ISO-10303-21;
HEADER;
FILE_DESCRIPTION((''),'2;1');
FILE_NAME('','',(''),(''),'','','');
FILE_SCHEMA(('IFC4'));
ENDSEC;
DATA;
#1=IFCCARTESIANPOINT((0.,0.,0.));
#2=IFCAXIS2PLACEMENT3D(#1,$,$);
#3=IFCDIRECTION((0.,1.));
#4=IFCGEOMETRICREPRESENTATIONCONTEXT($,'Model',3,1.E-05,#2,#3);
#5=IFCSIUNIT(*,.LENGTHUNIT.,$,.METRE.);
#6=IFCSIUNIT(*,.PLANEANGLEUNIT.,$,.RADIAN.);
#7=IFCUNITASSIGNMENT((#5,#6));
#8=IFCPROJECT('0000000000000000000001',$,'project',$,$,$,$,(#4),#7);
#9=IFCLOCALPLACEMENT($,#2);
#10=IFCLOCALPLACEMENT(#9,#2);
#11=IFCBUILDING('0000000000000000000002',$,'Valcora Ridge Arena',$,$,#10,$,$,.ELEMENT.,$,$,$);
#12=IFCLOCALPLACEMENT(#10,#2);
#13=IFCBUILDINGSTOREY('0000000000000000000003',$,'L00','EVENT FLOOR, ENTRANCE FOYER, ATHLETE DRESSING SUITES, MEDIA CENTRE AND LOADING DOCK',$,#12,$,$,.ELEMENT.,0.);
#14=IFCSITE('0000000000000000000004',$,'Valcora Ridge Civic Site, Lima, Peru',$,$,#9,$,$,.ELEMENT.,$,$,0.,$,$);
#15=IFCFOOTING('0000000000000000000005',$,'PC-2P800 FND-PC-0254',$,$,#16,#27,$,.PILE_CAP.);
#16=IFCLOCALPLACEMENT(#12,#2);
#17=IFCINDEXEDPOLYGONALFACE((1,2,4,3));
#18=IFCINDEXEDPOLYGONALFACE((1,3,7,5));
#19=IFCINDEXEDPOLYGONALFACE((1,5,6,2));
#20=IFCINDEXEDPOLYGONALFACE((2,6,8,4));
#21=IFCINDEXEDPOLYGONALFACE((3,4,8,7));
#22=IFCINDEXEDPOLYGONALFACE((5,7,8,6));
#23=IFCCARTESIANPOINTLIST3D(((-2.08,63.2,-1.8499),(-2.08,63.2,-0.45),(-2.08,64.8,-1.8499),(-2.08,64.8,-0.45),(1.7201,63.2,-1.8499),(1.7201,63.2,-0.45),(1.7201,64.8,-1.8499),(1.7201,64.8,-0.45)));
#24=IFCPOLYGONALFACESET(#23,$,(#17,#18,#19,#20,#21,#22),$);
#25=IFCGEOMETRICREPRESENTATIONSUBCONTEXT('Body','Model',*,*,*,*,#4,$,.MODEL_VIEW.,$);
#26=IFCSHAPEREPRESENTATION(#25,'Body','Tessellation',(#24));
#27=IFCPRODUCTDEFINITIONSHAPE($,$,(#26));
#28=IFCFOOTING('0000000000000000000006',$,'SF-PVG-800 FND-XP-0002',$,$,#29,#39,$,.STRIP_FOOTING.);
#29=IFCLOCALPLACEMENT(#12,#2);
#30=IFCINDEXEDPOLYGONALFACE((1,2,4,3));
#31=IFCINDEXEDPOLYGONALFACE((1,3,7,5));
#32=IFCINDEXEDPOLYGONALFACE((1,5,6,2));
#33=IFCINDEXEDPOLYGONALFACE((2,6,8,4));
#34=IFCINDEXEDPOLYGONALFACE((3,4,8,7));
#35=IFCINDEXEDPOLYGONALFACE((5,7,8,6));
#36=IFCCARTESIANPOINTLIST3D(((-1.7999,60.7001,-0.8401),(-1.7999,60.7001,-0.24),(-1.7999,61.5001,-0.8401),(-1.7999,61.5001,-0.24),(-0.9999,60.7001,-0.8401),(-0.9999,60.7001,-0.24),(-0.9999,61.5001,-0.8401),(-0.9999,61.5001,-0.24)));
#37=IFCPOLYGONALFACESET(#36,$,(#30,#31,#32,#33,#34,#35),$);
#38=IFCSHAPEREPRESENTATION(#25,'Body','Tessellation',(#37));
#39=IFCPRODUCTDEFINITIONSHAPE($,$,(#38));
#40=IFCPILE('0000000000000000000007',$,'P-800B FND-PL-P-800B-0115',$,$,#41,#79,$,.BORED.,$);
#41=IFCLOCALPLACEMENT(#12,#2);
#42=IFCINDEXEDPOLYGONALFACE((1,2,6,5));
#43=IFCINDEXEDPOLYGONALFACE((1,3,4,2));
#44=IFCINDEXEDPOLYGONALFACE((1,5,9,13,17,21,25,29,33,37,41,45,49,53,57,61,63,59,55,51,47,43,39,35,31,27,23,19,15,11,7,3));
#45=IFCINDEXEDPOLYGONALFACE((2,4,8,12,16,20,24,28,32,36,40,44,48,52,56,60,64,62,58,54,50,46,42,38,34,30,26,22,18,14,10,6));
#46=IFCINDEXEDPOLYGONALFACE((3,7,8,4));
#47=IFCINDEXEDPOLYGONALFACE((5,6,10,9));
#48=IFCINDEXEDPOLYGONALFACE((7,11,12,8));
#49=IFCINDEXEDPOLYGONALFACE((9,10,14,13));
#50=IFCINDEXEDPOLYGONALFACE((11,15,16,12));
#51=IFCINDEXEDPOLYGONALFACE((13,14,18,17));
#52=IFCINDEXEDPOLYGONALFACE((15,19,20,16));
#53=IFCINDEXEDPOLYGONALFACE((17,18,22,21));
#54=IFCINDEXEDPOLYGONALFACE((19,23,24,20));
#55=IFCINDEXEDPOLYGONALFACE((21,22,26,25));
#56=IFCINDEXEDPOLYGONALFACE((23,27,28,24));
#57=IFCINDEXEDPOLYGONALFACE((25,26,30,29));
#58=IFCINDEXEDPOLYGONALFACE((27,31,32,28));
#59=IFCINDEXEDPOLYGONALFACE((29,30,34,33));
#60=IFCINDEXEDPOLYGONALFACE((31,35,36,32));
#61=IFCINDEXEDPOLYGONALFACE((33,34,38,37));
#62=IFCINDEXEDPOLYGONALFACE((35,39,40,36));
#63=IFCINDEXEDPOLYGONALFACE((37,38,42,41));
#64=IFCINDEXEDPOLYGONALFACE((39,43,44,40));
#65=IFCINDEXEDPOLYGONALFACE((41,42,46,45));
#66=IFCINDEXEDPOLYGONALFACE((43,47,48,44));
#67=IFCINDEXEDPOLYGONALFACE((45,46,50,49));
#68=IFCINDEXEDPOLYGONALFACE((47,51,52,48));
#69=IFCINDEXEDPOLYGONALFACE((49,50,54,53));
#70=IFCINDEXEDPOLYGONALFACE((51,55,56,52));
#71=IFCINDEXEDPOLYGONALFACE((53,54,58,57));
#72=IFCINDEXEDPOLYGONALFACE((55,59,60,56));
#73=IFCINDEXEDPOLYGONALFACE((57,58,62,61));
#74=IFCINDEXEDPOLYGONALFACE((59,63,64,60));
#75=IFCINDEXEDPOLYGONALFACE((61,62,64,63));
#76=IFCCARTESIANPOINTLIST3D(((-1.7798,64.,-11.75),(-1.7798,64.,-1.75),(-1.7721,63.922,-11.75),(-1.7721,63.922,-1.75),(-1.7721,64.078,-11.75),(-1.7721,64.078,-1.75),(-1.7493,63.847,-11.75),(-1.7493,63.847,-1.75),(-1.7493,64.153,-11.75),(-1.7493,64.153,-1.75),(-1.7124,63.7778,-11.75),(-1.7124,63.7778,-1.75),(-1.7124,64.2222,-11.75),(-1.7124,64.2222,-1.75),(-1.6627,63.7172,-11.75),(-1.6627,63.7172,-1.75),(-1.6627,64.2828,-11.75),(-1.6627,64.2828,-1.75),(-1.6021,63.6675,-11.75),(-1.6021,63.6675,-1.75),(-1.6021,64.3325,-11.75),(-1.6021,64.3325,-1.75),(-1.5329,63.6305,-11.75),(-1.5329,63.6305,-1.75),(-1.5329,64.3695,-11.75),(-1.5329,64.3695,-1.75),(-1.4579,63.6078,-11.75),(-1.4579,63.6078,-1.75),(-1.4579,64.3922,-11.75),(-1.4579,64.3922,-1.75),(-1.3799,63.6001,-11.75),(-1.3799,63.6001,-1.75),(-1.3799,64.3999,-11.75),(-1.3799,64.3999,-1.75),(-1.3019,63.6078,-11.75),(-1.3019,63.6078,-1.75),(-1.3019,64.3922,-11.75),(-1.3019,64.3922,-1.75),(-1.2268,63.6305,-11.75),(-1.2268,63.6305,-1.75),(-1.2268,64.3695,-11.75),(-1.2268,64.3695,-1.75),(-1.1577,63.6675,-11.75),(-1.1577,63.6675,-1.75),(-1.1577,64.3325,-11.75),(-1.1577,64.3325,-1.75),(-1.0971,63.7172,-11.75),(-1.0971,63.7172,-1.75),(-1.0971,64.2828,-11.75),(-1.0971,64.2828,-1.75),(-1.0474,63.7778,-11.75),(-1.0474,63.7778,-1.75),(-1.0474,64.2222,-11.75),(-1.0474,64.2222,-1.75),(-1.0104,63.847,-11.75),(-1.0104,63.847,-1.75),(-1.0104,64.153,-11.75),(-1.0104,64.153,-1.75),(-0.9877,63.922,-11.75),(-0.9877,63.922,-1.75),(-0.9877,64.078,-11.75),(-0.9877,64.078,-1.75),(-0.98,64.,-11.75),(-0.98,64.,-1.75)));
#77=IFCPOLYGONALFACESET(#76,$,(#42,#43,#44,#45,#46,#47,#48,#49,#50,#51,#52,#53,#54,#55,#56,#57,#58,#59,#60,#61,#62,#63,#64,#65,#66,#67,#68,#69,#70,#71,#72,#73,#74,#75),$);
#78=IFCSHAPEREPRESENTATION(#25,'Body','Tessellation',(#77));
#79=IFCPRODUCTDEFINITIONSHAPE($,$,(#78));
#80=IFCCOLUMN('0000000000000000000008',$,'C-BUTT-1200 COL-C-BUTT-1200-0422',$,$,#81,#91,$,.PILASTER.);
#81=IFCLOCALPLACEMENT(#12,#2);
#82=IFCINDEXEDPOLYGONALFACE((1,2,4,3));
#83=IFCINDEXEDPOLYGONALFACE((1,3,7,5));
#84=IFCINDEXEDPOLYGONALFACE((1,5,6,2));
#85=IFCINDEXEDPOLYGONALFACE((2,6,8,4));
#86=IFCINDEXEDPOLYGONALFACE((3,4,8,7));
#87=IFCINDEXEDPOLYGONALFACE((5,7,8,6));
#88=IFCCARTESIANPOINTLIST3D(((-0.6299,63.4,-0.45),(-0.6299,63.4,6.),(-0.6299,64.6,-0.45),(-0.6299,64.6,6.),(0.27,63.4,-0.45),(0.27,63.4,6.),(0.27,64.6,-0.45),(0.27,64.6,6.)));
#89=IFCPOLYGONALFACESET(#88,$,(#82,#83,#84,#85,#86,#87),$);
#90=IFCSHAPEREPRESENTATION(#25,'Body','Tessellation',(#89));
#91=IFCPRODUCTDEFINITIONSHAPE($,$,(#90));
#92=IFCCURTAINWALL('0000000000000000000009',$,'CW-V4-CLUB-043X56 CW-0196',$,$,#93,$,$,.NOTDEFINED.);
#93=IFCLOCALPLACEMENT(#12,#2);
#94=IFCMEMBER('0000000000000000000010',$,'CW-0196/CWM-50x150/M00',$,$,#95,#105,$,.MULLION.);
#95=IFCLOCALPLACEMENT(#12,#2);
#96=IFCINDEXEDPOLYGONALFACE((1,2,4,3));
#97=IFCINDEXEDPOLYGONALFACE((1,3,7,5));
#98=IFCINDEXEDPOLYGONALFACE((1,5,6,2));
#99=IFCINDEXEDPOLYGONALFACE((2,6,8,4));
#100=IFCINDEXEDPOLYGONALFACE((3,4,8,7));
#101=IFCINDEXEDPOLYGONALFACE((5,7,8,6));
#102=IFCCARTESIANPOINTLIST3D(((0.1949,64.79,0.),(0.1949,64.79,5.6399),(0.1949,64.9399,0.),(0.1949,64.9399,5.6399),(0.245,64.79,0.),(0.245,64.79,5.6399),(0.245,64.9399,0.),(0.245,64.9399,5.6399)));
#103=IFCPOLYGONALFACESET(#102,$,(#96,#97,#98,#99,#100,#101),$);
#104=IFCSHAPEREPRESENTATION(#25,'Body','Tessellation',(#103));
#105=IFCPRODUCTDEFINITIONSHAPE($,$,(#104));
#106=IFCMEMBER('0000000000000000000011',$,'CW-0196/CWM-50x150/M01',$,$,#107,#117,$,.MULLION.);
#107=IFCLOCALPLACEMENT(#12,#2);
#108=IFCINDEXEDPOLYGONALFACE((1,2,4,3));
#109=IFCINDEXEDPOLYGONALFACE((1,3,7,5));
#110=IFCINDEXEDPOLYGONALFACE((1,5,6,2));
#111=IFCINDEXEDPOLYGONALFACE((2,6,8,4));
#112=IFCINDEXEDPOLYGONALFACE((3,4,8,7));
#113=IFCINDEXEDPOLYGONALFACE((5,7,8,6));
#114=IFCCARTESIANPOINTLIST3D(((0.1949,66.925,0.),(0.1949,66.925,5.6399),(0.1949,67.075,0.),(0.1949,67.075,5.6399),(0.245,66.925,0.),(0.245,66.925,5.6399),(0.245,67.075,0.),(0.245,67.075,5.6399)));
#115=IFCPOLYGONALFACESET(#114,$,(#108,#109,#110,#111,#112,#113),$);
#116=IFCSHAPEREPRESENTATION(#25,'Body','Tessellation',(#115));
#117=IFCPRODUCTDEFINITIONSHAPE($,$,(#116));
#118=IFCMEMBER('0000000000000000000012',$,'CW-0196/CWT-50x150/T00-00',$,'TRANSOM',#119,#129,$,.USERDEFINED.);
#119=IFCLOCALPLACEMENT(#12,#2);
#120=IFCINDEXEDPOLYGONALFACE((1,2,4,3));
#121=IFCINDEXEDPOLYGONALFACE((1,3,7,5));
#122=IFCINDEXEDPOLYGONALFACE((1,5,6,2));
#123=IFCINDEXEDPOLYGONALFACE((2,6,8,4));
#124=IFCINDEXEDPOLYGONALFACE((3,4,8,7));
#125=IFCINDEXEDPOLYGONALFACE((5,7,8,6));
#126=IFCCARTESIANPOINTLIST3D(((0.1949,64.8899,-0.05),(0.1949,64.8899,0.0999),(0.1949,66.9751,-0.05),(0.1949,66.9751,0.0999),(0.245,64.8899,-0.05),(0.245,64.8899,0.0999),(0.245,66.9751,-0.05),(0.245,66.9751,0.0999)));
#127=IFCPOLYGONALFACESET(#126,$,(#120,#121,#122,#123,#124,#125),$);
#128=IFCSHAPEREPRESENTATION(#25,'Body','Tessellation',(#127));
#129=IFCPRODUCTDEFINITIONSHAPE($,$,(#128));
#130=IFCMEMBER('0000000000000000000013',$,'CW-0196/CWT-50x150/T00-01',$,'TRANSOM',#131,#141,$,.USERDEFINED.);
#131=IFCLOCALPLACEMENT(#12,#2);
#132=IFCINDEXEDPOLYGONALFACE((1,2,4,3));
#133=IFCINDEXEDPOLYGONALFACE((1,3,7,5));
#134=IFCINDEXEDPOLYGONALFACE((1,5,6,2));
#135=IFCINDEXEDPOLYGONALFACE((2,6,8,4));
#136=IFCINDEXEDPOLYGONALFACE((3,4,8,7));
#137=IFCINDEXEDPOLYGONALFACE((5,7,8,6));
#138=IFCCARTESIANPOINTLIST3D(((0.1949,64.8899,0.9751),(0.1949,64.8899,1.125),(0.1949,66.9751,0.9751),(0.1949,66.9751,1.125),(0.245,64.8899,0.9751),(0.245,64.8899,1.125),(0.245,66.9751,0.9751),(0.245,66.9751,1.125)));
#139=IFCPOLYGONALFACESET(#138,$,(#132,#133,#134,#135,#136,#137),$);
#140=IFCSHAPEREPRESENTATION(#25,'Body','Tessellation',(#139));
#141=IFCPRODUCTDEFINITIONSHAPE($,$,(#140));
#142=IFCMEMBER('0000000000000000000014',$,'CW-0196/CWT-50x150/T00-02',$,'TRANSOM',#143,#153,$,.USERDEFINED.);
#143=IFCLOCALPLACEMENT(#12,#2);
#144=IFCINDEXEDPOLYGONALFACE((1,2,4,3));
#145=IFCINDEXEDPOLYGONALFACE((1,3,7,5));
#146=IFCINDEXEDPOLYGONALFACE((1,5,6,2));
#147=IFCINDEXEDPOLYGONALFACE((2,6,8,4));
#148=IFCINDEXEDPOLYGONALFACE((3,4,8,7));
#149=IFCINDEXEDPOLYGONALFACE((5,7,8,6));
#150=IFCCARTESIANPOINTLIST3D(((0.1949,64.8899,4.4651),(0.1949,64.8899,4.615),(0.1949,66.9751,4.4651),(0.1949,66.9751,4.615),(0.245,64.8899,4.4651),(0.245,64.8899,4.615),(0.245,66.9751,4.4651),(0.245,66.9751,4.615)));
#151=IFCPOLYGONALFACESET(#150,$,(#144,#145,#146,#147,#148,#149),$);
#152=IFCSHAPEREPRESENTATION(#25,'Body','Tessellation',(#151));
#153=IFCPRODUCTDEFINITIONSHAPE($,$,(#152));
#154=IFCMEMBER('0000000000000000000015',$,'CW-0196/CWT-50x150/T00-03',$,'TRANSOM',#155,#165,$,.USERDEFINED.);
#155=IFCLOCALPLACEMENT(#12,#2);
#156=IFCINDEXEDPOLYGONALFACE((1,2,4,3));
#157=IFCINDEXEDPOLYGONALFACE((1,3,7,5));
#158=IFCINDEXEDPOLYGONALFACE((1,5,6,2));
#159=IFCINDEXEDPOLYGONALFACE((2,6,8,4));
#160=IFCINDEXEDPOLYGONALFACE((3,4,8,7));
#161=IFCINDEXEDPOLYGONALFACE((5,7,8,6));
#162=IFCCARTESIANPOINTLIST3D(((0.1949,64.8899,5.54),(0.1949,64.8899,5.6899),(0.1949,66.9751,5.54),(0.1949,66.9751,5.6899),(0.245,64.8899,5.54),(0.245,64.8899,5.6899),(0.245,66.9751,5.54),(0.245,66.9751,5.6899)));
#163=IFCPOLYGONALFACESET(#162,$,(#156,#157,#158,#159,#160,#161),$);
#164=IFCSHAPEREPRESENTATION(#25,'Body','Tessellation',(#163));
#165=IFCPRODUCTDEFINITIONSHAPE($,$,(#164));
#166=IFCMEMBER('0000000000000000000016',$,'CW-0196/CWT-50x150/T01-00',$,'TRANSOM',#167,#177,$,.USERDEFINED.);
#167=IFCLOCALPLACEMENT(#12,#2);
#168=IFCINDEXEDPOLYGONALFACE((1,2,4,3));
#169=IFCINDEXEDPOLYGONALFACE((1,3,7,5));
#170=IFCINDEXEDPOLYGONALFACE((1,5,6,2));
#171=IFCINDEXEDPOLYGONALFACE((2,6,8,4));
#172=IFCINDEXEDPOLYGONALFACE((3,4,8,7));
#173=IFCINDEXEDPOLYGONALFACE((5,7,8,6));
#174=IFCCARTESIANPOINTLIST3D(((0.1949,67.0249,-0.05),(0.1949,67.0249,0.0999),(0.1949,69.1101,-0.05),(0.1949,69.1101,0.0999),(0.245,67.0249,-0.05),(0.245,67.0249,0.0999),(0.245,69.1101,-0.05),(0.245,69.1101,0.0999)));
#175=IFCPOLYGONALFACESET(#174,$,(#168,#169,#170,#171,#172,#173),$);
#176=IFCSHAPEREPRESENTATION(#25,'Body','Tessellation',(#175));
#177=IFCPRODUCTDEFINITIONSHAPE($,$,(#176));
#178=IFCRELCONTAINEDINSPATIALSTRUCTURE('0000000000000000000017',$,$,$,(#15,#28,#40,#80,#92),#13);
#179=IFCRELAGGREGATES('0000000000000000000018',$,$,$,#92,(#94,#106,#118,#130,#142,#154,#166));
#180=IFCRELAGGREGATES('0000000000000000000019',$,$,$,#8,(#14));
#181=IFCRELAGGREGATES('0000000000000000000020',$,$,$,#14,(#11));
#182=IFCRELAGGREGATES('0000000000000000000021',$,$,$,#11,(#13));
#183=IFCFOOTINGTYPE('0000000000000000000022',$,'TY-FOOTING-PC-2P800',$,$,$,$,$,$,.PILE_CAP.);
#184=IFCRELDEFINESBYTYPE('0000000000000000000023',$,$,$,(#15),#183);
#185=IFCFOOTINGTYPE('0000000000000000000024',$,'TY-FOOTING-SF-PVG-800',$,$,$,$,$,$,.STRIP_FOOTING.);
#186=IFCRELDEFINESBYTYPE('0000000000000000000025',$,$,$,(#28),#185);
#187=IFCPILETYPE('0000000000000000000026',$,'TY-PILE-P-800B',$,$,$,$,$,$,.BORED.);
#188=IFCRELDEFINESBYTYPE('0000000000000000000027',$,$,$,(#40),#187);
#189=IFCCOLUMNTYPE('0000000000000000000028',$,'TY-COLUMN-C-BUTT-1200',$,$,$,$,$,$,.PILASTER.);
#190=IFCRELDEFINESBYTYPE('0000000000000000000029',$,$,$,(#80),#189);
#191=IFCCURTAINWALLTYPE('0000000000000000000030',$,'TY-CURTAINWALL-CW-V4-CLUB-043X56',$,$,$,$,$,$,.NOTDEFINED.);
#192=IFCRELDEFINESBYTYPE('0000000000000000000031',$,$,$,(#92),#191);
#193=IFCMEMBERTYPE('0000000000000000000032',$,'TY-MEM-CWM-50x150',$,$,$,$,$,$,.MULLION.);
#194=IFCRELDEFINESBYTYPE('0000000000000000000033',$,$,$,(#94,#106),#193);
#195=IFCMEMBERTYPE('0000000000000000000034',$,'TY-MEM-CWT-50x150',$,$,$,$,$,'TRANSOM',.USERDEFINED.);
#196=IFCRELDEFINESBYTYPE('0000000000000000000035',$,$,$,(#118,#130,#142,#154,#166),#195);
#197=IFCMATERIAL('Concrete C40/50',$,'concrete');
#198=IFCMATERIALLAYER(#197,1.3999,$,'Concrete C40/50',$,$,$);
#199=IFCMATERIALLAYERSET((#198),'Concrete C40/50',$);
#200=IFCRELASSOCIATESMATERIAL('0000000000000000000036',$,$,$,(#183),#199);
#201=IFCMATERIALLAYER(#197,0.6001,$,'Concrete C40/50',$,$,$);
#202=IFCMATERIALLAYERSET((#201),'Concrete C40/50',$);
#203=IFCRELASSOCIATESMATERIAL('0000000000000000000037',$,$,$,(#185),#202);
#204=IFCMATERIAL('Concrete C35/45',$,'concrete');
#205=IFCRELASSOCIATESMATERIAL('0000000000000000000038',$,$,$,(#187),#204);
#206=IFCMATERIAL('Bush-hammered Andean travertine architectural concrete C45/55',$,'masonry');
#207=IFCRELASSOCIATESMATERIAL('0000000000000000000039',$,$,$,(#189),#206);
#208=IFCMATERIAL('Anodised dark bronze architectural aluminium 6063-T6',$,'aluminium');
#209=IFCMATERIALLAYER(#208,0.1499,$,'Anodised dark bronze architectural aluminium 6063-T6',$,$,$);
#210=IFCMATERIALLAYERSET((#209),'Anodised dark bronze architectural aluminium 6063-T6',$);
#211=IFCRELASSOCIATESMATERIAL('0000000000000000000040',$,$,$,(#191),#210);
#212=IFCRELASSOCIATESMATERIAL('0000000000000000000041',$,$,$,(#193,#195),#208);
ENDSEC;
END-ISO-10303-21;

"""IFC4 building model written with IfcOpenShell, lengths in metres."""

from ifc_helpers import new_model, si_unit, direction, frame, origin, origin_2d, place, context, subcontext, project, spatial, rectangle, circle, extrude, material, layer, layer_set, material_profile, profile_set, type_object, element, aggregate, save


model = new_model("IFC4")

# Units and contexts
model_context = context("Model", 3, precision=1e-05, world=origin(), true_north=direction((0.0, 1.0)))
body_context = subcontext(model_context, "Body", "Model", "MODEL_VIEW")
ifc_project = project(units=[si_unit("LENGTHUNIT", "METRE"), si_unit("PLANEANGLEUNIT", "RADIAN")], contexts=[model_context])

# Site, building, storey
site_placement = place(None, origin())
site = spatial("IfcSite", under=ifc_project, at=site_placement, Name="Valcora Ridge Civic Site, Lima, Peru", CompositionType="ELEMENT", RefElevation=0.0)
building_placement = place(site_placement, origin())
building = spatial("IfcBuilding", under=site, at=building_placement, Name="Valcora Ridge Arena", CompositionType="ELEMENT")
storey_placement = place(building_placement, origin())
storey = spatial("IfcBuildingStorey", under=building, at=storey_placement, Name="L00", Description="EVENT FLOOR, ENTRANCE FOYER, ATHLETE DRESSING SUITES, MEDIA CENTRE AND LOADING DOCK", CompositionType="ELEMENT", Elevation=0.0)

# Footings
ifc_material_1 = material(Name="Concrete C40/50", Category="concrete")
ifc_layer_1 = layer(ifc_material_1, 1.3999, Name="Concrete C40/50")
ifc_layer_set_1 = layer_set([ifc_layer_1], Name="Concrete C40/50")
footing_type_1 = type_object("IfcFootingType", Name="TY-FOOTING-PC-2P800", PredefinedType="PILE_CAP", material=ifc_layer_set_1)
footing_1_placement = place(storey_placement, frame((-0.1799, 64.0, -1.8499), z_axis=(0.0, 0.0, 1.0), x_axis=(1.0, 0.0, 0.0)))
element("IfcFooting", 1, at=footing_1_placement, inside=storey, type_object=footing_type_1, Name="PC-2P800 FND-PC-0254", PredefinedType="PILE_CAP", context=body_context, shape_type="SweptSolid", body=[
    extrude(rectangle(XDim=3.8, YDim=1.6001, at=origin_2d()), origin(), (0.0, 0.0, 1.0), 1.3999),
])
ifc_layer_2 = layer(ifc_material_1, 0.6001, Name="Concrete C40/50")
ifc_layer_set_2 = layer_set([ifc_layer_2], Name="Concrete C40/50")
footing_type_2 = type_object("IfcFootingType", Name="TY-FOOTING-SF-PVG-800", PredefinedType="STRIP_FOOTING", material=ifc_layer_set_2)
footing_2_placement = place(storey_placement, frame((-1.3999, 61.1001, -0.8401), z_axis=(0.0, 0.0, 1.0), x_axis=(1.0, 0.0, 0.0)))
element("IfcFooting", 2, at=footing_2_placement, inside=storey, type_object=footing_type_2, Name="SF-PVG-800 FND-XP-0002", PredefinedType="STRIP_FOOTING", context=body_context, shape_type="SweptSolid", body=[
    extrude(rectangle(XDim=0.8, YDim=0.8, at=origin_2d()), origin(), (0.0, 0.0, 1.0), 0.6001),
])

# Pile
ifc_material_2 = material(Name="Concrete C35/45", Category="concrete")
ifc_material_profile_1 = material_profile(ifc_material_2, circle(Radius=0.3999, at=origin_2d()), Name="BORED PILE D800")
ifc_profile_set_1 = profile_set([ifc_material_profile_1], Name="Concrete C35/45")
pile_type = type_object("IfcPileType", Name="TY-PILE-P-800B", PredefinedType="BORED", material=ifc_profile_set_1)
pile_placement = place(storey_placement, frame((-1.3799, 64.0, -1.75), z_axis=(0.0, 0.0, -1.0), x_axis=(1.0, 0.0, 0.0)))
element("IfcPile", 3, at=pile_placement, inside=storey, type_object=pile_type, Name="P-800B FND-PL-P-800B-0115", PredefinedType="BORED", context=body_context, shape_type="SweptSolid", body=[
    extrude(circle(Radius=0.3999, at=origin_2d()), origin(), (0.0, 0.0, 1.0), 10.0),
])

# Column
ifc_material_3 = material(Name="Bush-hammered Andean travertine architectural concrete C45/55", Category="masonry")
ifc_material_profile_2 = material_profile(ifc_material_3, rectangle(XDim=0.8999, YDim=1.2, at=origin_2d()), Name="RC 900x1200")
ifc_profile_set_2 = profile_set([ifc_material_profile_2], Name="Bush-hammered Andean travertine architectural concrete C45/55")
column_type = type_object("IfcColumnType", Name="TY-COLUMN-C-BUTT-1200", PredefinedType="PILASTER", material=ifc_profile_set_2)
column_placement = place(storey_placement, frame((-0.1799, 64.0, -0.45), z_axis=(0.0, 0.0, 1.0), x_axis=(1.0, 0.0, 0.0)))
element("IfcColumn", 4, at=column_placement, inside=storey, type_object=column_type, Name="C-BUTT-1200 COL-C-BUTT-1200-0422", PredefinedType="PILASTER", context=body_context, shape_type="SweptSolid", body=[
    extrude(rectangle(XDim=0.8999, YDim=1.2, at=origin_2d()), origin(), (0.0, 0.0, 1.0), 6.45),
])

# Curtain wall, members
ifc_material_4 = material(Name="Anodised dark bronze architectural aluminium 6063-T6", Category="aluminium")
ifc_layer_3 = layer(ifc_material_4, 0.1499, Name="Anodised dark bronze architectural aluminium 6063-T6")
ifc_layer_set_3 = layer_set([ifc_layer_3], Name="Anodised dark bronze architectural aluminium 6063-T6")
curtain_wall_type = type_object("IfcCurtainWallType", Name="TY-CURTAINWALL-CW-V4-CLUB-043X56", PredefinedType="NOTDEFINED", material=ifc_layer_set_3)
curtain_wall_placement = place(storey_placement, origin())
curtain_wall = element("IfcCurtainWall", 5, at=curtain_wall_placement, inside=storey, type_object=curtain_wall_type, Name="CW-V4-CLUB-043X56 CW-0196", PredefinedType="NOTDEFINED")
ifc_material_profile_3 = material_profile(ifc_material_4, rectangle(XDim=0.05, YDim=0.1499, at=origin_2d()), Name="ALU MULLION 50x150")
ifc_profile_set_3 = profile_set([ifc_material_profile_3], Name="Anodised dark bronze architectural aluminium 6063-T6")
member_type_1 = type_object("IfcMemberType", Name="TY-MEM-CWM-50x150", PredefinedType="MULLION", material=ifc_profile_set_3)
member_1_placement = place(storey_placement, frame((0.22, 64.865, 0.0), z_axis=(0.0, 0.0, 1.0), x_axis=(-1.0, 0.0, 0.0)))
member_1 = element("IfcMember", 6, at=member_1_placement, type_object=member_type_1, Name="CW-0196/CWM-50x150/M00", PredefinedType="MULLION", context=body_context, shape_type="SweptSolid", body=[
    extrude(rectangle(XDim=0.05, YDim=0.1499, at=origin_2d()), origin(), (0.0, 0.0, 1.0), 5.6399),
])
member_2_placement = place(storey_placement, frame((0.22, 67.0, 0.0), z_axis=(0.0, 0.0, 1.0), x_axis=(-1.0, 0.0, 0.0)))
member_2 = element("IfcMember", 7, at=member_2_placement, type_object=member_type_1, Name="CW-0196/CWM-50x150/M01", PredefinedType="MULLION", context=body_context, shape_type="SweptSolid", body=[
    extrude(rectangle(XDim=0.05, YDim=0.1499, at=origin_2d()), origin(), (0.0, 0.0, 1.0), 5.6399),
])
ifc_material_profile_4 = material_profile(ifc_material_4, rectangle(XDim=0.05, YDim=0.1499, at=origin_2d()), Name="ALU TRANSOM 50x150")
ifc_profile_set_4 = profile_set([ifc_material_profile_4], Name="Anodised dark bronze architectural aluminium 6063-T6")
member_type_2 = type_object("IfcMemberType", Name="TY-MEM-CWT-50x150", ElementType="TRANSOM", PredefinedType="USERDEFINED", material=ifc_profile_set_4)
member_3_placement = place(storey_placement, frame((0.22, 64.8899, 0.0249), z_axis=(0.0, 1.0, 0.0), x_axis=(-1.0, 0.0, 0.0)))
member_3 = element("IfcMember", 8, at=member_3_placement, type_object=member_type_2, Name="CW-0196/CWT-50x150/T00-00", ObjectType="TRANSOM", PredefinedType="USERDEFINED", context=body_context, shape_type="SweptSolid", body=[
    extrude(rectangle(XDim=0.05, YDim=0.1499, at=origin_2d()), origin(), (0.0, 0.0, 1.0), 2.0852),
])
member_4_placement = place(storey_placement, frame((0.22, 64.8899, 1.05), z_axis=(0.0, 1.0, 0.0), x_axis=(-1.0, 0.0, 0.0)))
member_4 = element("IfcMember", 9, at=member_4_placement, type_object=member_type_2, Name="CW-0196/CWT-50x150/T00-01", ObjectType="TRANSOM", PredefinedType="USERDEFINED", context=body_context, shape_type="SweptSolid", body=[
    extrude(rectangle(XDim=0.05, YDim=0.1499, at=origin_2d()), origin(), (0.0, 0.0, 1.0), 2.0852),
])
member_5_placement = place(storey_placement, frame((0.22, 64.8899, 4.54), z_axis=(0.0, 1.0, 0.0), x_axis=(-1.0, 0.0, 0.0)))
member_5 = element("IfcMember", 10, at=member_5_placement, type_object=member_type_2, Name="CW-0196/CWT-50x150/T00-02", ObjectType="TRANSOM", PredefinedType="USERDEFINED", context=body_context, shape_type="SweptSolid", body=[
    extrude(rectangle(XDim=0.05, YDim=0.1499, at=origin_2d()), origin(), (0.0, 0.0, 1.0), 2.0852),
])
member_6_placement = place(storey_placement, frame((0.22, 64.8899, 5.615), z_axis=(0.0, 1.0, 0.0), x_axis=(-1.0, 0.0, 0.0)))
member_6 = element("IfcMember", 11, at=member_6_placement, type_object=member_type_2, Name="CW-0196/CWT-50x150/T00-03", ObjectType="TRANSOM", PredefinedType="USERDEFINED", context=body_context, shape_type="SweptSolid", body=[
    extrude(rectangle(XDim=0.05, YDim=0.1499, at=origin_2d()), origin(), (0.0, 0.0, 1.0), 2.0852),
])
member_7_placement = place(storey_placement, frame((0.22, 67.0249, 0.0249), z_axis=(0.0, 1.0, 0.0), x_axis=(-1.0, 0.0, 0.0)))
member_7 = element("IfcMember", 12, at=member_7_placement, type_object=member_type_2, Name="CW-0196/CWT-50x150/T01-00", ObjectType="TRANSOM", PredefinedType="USERDEFINED", context=body_context, shape_type="SweptSolid", body=[
    extrude(rectangle(XDim=0.05, YDim=0.1499, at=origin_2d()), origin(), (0.0, 0.0, 1.0), 2.0852),
])
aggregate(curtain_wall, [member_1, member_2, member_3, member_4, member_5, member_6, member_7])

save(model, "model.ifc")
